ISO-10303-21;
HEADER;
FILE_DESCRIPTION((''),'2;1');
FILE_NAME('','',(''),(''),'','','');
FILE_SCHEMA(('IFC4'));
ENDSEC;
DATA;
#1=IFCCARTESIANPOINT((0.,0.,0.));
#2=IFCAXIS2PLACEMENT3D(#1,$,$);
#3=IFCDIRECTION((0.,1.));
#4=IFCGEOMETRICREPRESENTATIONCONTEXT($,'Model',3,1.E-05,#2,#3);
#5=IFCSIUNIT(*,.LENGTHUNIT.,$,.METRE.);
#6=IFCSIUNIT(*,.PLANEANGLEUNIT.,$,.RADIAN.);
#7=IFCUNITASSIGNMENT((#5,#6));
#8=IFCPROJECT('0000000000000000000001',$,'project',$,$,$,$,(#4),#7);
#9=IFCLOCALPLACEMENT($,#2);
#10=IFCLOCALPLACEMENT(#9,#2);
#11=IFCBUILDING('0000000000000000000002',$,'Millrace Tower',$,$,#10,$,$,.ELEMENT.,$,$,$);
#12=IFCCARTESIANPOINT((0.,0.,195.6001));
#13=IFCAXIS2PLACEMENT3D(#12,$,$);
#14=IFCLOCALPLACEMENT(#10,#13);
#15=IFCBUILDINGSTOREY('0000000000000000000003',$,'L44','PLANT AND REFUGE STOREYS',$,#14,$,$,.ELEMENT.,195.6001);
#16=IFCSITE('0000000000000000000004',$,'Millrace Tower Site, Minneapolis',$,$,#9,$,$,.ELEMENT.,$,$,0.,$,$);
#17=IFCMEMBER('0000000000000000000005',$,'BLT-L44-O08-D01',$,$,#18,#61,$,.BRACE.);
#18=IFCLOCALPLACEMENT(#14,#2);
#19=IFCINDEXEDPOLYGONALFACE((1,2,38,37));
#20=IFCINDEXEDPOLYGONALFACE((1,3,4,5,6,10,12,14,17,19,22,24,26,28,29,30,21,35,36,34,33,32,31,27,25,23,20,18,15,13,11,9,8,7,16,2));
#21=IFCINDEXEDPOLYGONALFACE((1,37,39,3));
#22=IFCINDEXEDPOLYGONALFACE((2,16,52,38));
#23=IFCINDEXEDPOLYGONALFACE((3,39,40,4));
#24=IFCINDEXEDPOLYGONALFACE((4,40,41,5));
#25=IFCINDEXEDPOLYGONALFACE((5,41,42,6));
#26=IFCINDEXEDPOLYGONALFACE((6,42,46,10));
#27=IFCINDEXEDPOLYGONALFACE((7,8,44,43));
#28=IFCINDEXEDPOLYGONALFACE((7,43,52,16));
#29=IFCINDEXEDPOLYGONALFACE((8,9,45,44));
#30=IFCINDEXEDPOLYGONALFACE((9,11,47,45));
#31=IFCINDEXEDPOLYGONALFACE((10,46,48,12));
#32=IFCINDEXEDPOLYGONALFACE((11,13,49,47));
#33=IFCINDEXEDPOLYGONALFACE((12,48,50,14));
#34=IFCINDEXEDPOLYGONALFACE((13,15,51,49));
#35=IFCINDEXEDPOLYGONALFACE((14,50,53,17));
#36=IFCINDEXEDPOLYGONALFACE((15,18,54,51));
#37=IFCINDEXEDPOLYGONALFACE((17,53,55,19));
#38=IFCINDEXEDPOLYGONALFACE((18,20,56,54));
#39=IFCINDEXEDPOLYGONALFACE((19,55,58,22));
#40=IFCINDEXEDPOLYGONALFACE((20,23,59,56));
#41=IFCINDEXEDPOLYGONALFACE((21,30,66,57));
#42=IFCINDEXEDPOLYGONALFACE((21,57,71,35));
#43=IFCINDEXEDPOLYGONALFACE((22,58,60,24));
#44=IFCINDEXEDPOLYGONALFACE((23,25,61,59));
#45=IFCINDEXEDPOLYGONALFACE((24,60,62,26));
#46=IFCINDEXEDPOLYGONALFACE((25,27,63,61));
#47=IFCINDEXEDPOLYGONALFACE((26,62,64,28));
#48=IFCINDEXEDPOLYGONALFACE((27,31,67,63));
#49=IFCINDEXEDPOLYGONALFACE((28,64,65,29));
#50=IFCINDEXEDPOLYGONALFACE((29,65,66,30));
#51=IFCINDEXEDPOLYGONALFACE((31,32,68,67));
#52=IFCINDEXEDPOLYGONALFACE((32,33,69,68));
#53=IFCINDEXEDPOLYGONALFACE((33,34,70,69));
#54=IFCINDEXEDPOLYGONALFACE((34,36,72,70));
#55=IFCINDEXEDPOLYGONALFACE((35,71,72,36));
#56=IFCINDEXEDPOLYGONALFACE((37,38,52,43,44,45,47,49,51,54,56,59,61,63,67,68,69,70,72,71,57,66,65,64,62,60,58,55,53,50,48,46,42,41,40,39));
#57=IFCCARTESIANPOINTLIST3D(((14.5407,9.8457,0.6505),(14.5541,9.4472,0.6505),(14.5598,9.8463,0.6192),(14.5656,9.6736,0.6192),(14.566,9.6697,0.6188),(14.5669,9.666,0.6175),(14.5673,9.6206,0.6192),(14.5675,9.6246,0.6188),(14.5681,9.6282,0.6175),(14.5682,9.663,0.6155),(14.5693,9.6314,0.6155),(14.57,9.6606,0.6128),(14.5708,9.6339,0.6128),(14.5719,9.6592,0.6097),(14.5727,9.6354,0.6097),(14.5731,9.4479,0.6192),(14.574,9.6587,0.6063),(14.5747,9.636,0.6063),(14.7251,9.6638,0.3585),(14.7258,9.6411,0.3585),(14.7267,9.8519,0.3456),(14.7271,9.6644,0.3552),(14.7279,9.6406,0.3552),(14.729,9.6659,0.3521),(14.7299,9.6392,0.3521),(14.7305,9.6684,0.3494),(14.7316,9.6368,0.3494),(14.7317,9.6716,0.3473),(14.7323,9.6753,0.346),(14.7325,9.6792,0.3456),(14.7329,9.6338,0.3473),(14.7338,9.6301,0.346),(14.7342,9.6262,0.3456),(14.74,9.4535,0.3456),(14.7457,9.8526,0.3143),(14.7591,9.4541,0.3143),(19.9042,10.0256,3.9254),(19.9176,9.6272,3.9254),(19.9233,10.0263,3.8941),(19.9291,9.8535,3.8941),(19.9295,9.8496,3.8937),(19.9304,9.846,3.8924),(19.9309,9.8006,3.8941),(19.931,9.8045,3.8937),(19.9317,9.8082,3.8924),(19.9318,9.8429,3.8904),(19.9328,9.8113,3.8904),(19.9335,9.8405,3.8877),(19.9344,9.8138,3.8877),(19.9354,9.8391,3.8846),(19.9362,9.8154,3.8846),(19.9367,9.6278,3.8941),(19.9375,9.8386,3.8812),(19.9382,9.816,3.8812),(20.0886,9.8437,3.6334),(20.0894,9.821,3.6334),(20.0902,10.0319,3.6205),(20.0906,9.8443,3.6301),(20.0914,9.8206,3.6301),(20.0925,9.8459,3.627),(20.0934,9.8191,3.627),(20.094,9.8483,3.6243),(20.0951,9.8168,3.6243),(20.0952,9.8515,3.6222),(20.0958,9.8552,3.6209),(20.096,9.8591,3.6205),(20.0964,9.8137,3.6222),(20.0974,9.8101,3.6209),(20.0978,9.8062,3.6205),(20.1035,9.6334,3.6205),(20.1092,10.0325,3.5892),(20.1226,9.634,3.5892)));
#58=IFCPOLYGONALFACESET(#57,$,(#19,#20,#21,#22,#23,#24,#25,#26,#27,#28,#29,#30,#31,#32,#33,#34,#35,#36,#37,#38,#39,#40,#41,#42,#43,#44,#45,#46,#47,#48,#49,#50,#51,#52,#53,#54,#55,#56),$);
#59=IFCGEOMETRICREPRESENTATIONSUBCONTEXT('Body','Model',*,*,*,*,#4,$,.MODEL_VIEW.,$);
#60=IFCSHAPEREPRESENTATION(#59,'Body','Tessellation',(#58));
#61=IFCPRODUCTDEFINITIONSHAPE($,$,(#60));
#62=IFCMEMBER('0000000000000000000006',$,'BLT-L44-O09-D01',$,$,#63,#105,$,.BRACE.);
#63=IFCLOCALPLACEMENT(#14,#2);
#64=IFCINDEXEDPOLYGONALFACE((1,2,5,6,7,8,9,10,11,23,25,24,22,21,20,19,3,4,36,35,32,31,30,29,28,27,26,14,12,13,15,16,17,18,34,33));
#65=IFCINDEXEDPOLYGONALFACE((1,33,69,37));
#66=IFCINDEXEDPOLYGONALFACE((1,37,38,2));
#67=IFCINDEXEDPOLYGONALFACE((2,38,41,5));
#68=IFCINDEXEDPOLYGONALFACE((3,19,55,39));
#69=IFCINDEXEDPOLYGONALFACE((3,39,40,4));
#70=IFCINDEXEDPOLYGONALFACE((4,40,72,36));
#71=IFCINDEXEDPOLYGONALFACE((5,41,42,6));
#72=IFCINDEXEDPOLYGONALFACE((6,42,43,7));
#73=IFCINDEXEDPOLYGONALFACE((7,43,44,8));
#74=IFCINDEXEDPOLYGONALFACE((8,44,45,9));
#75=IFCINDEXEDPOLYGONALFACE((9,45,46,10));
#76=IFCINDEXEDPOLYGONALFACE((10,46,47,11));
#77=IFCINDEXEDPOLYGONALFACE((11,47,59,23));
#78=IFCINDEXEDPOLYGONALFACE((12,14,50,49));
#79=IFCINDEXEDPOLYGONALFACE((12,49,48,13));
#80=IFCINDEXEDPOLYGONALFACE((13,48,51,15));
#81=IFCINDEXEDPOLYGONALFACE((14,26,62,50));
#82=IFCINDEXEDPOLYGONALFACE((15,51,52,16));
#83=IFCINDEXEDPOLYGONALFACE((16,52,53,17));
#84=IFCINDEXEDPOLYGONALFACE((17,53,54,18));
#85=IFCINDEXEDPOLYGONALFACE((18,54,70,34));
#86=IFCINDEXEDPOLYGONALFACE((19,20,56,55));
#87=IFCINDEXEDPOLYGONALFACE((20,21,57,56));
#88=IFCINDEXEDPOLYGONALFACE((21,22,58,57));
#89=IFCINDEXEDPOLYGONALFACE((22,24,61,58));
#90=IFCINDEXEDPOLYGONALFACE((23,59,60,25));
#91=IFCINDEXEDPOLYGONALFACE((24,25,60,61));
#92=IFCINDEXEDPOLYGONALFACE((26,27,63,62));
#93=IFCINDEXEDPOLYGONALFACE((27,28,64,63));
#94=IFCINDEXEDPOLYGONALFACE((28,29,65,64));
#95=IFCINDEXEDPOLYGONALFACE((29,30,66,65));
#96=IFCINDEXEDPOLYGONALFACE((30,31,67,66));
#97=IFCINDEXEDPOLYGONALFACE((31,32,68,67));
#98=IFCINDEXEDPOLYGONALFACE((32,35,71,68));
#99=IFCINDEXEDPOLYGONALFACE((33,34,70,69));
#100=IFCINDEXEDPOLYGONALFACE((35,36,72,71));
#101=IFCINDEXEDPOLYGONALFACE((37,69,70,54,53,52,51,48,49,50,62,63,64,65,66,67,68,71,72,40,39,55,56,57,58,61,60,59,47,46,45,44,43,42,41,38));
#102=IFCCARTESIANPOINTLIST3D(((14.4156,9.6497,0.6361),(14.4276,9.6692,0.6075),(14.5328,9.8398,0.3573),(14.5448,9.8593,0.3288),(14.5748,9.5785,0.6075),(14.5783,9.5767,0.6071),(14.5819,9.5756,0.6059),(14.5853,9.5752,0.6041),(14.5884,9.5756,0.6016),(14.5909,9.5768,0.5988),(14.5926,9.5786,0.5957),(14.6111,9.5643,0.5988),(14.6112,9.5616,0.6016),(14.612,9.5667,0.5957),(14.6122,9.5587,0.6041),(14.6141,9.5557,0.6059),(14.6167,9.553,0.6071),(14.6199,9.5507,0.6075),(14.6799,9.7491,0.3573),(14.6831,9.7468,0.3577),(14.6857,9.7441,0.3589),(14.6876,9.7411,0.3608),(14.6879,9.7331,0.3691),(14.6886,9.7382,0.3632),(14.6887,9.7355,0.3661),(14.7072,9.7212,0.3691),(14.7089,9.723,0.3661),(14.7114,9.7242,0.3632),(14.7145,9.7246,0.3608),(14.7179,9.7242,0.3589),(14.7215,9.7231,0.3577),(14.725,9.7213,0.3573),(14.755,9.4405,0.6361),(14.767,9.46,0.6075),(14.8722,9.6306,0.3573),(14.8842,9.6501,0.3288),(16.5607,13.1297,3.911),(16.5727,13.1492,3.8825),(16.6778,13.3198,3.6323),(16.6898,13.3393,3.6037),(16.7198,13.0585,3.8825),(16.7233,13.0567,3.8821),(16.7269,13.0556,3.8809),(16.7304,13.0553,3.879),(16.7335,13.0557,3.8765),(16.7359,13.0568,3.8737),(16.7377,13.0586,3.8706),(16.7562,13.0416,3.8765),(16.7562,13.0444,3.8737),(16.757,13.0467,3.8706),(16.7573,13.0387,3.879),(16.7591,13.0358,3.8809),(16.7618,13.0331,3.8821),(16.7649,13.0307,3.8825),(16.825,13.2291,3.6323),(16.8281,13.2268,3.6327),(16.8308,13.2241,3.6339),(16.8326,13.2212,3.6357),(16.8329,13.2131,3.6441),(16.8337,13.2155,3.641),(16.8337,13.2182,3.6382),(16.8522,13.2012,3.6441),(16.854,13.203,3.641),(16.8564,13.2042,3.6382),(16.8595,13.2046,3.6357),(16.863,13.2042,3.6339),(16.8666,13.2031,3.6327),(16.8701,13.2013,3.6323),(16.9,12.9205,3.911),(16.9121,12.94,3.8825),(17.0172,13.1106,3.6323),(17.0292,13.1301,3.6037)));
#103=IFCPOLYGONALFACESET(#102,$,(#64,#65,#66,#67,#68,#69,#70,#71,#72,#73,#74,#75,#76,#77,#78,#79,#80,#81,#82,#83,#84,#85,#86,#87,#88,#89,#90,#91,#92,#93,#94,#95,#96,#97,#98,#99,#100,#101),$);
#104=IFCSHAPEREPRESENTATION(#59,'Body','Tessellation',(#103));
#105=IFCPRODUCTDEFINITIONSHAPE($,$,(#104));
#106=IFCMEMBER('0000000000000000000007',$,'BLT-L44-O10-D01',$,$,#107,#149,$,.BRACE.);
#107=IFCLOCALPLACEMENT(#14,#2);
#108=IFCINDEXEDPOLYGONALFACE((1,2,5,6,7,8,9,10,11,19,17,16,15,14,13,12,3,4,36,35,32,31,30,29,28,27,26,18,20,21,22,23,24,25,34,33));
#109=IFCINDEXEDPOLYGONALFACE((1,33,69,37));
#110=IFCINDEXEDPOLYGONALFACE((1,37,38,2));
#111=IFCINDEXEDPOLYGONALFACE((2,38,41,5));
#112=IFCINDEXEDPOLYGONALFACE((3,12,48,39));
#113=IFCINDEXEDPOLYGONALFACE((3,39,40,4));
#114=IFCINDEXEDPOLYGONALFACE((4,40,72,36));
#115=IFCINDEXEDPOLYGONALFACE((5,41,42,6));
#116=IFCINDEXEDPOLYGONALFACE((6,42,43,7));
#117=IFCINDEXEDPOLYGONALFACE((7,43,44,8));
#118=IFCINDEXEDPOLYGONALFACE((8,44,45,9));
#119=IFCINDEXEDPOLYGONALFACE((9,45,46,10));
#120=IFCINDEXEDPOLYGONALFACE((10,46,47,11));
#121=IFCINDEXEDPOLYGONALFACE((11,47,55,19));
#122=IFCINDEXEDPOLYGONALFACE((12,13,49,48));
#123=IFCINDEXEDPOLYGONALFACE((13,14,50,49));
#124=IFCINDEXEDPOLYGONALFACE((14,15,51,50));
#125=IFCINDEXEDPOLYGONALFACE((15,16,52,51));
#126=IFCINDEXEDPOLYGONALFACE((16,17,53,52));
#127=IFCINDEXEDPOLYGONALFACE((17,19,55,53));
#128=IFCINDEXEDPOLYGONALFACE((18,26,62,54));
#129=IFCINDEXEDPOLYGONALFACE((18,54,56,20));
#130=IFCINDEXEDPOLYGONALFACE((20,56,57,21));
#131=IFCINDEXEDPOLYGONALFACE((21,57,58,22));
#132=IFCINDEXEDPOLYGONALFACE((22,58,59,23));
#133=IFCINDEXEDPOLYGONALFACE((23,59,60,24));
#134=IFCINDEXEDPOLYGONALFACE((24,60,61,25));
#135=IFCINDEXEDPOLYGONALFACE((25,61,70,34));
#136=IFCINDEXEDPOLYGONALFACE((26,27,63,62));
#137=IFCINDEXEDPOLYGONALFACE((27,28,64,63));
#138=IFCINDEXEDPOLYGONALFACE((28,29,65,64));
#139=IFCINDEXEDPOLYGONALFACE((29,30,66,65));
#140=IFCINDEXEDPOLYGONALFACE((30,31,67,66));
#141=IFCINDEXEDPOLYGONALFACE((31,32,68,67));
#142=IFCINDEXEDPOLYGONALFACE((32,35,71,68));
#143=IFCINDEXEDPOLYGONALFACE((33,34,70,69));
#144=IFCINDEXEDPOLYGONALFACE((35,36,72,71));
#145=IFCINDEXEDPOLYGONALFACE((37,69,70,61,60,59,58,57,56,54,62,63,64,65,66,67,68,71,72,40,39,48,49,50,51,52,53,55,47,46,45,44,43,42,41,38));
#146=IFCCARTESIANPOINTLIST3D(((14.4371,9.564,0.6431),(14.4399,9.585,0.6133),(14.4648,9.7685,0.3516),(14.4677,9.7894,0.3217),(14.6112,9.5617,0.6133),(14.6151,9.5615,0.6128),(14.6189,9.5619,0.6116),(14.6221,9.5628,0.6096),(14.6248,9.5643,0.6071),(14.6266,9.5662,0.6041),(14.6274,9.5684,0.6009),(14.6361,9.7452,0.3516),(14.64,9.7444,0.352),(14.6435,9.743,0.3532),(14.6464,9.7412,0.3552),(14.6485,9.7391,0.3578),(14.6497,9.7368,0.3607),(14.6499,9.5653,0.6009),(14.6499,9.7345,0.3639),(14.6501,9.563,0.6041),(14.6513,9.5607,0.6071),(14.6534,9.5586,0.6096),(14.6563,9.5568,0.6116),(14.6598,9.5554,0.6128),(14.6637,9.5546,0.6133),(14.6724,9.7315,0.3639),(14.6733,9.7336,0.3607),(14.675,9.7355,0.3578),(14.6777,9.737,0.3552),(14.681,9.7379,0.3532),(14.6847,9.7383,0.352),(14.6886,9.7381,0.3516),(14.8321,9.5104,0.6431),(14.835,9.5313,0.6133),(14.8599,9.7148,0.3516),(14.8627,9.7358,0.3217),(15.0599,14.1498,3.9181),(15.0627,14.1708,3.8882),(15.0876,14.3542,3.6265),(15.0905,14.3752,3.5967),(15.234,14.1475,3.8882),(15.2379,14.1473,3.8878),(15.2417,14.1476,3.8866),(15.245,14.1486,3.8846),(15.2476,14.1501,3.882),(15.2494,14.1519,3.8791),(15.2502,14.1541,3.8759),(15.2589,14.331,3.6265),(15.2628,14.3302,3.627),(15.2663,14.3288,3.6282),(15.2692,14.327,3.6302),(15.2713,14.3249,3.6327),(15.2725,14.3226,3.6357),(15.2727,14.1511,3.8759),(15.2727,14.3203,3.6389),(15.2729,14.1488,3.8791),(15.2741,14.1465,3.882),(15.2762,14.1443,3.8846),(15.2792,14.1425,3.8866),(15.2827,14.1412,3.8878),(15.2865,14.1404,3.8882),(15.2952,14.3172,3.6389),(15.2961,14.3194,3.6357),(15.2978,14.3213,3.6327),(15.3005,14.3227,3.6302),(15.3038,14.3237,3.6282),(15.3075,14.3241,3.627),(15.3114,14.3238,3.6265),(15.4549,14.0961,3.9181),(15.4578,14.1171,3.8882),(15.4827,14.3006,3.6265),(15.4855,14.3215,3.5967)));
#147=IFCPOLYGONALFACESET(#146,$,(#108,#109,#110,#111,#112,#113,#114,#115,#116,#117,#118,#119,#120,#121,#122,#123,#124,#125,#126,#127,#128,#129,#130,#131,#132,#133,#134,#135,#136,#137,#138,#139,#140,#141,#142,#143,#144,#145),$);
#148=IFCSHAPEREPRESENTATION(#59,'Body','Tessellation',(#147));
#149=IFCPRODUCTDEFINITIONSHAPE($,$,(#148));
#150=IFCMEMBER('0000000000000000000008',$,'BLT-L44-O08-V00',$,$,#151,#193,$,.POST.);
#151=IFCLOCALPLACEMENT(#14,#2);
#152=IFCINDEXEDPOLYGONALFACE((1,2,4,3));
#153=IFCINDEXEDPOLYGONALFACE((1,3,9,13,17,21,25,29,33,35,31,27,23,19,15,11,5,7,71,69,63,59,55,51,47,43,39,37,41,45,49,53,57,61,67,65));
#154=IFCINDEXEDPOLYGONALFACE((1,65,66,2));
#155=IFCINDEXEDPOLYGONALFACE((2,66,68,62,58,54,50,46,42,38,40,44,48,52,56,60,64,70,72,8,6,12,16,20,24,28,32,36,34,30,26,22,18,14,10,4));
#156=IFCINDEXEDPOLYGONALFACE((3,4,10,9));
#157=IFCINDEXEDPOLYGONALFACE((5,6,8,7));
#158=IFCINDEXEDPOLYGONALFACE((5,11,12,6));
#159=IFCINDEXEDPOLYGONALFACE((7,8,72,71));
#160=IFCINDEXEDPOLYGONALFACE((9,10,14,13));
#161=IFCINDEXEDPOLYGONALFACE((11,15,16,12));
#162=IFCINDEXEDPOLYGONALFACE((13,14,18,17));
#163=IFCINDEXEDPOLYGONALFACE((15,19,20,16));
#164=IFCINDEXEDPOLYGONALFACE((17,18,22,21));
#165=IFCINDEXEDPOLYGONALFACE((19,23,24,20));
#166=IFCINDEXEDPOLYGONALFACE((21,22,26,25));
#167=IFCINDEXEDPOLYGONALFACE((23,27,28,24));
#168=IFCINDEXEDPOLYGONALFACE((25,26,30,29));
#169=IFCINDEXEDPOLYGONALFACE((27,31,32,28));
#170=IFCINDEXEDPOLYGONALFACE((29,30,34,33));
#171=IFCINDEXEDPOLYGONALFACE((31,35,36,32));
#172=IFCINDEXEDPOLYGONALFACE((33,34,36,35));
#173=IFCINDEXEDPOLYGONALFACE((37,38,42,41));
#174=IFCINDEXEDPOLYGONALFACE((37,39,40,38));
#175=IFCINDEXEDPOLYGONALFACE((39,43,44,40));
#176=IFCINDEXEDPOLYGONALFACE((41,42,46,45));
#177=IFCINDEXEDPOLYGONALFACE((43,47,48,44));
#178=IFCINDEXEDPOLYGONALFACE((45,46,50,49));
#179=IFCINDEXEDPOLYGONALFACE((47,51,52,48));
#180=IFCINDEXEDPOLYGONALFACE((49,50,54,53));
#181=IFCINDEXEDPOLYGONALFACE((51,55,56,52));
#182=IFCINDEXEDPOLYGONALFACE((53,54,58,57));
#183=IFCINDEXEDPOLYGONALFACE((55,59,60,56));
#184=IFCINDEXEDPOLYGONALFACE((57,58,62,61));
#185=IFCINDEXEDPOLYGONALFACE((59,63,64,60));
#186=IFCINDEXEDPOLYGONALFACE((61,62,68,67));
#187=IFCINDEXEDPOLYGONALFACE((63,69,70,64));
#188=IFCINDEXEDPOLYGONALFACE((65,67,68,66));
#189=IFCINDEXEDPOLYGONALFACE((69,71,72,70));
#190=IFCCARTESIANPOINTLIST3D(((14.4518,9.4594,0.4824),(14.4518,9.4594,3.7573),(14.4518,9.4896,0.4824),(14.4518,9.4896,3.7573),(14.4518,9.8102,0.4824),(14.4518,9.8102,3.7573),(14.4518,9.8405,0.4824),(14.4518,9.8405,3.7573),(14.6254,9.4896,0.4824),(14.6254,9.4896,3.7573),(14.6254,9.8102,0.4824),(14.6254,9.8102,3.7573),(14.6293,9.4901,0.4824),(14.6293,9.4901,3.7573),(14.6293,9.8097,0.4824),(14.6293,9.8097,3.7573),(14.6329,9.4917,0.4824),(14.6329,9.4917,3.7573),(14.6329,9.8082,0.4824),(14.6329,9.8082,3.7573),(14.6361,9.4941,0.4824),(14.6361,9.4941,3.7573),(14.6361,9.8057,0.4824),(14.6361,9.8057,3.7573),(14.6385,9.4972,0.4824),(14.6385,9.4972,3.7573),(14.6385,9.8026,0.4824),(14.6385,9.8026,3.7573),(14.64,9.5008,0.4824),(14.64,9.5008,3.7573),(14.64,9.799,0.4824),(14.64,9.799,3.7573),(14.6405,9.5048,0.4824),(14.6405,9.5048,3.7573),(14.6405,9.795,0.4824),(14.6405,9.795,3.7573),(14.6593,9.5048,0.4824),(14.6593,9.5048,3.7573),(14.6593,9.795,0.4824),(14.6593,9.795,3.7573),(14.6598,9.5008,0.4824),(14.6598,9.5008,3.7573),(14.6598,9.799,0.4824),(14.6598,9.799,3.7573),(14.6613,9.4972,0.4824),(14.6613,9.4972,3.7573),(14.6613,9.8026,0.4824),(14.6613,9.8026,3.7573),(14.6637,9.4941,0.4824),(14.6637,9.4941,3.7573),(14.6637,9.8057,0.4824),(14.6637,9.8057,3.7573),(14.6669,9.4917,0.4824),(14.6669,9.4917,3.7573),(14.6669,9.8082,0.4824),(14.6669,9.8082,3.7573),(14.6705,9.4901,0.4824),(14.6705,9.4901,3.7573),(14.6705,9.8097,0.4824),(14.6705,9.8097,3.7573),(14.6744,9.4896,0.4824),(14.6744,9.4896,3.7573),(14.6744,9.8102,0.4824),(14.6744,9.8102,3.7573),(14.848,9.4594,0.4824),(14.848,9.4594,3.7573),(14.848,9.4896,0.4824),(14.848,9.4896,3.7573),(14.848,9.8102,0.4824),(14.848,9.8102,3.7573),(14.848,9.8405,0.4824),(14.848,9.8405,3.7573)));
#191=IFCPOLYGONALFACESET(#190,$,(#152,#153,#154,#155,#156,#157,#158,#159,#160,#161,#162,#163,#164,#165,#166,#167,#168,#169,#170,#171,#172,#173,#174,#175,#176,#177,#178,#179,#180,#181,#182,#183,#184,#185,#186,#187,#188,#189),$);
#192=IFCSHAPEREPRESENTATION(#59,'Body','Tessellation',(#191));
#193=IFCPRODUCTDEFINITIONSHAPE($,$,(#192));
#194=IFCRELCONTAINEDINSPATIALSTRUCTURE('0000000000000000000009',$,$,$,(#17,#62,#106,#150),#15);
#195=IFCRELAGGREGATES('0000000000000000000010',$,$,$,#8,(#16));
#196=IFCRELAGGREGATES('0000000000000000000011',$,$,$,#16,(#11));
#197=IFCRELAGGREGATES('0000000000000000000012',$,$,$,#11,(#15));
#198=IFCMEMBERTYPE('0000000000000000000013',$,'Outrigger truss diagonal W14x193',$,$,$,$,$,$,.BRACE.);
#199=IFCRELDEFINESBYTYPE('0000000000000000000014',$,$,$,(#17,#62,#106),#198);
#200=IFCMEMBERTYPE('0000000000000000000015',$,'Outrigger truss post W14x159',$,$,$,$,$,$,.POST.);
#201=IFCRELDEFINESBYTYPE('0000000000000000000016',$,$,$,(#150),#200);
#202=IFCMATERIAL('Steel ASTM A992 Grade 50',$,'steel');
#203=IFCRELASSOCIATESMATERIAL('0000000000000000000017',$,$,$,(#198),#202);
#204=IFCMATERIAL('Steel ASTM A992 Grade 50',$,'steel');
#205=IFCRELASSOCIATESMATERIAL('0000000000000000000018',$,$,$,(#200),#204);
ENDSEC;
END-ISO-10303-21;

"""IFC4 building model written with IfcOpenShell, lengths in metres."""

from ifc_helpers import new_model, si_unit, direction, frame, origin, origin_2d, place, context, subcontext, project, spatial, i_section, extrude, material, material_profile, profile_set, type_object, element, save


model = new_model("IFC4")

# Units and contexts
model_context = context("Model", 3, precision=1e-05, world=origin(), true_north=direction((0.0, 1.0)))
body_context = subcontext(model_context, "Body", "Model", "MODEL_VIEW")
ifc_project = project(units=[si_unit("LENGTHUNIT", "METRE"), si_unit("PLANEANGLEUNIT", "RADIAN")], contexts=[model_context])

# Site, building, storey
site_placement = place(None, origin())
site = spatial("IfcSite", under=ifc_project, at=site_placement, Name="Millrace Tower Site, Minneapolis", CompositionType="ELEMENT", RefElevation=0.0)
building_placement = place(site_placement, origin())
building = spatial("IfcBuilding", under=site, at=building_placement, Name="Millrace Tower", CompositionType="ELEMENT")
storey_placement = place(building_placement, frame((0.0, 0.0, 195.6001)))
storey = spatial("IfcBuildingStorey", under=building, at=storey_placement, Name="L44", Description="PLANT AND REFUGE STOREYS", CompositionType="ELEMENT", Elevation=195.6001)

# Members
ifc_material_1 = material(Name="Steel ASTM A992 Grade 50", Category="steel")
ifc_material_profile_1 = material_profile(ifc_material_1, i_section(OverallWidth=0.3987, OverallDepth=0.3938, WebThickness=0.0227, FlangeThickness=0.0366, FilletRadius=0.0151, at=origin_2d()))
ifc_profile_set_1 = profile_set([ifc_material_profile_1], Name="Steel ASTM A992 Grade 50")
member_type_1 = type_object("IfcMemberType", Name="Outrigger truss diagonal W14x193", PredefinedType="BRACE", material=ifc_profile_set_1)
member_1_placement = place(storey_placement, frame((14.6499, 9.6499, 0.4824), z_axis=(0.853131, 0.02862, 0.520911), x_axis=(-0.033528, 0.999438, 0.0)))
element("IfcMember", 1, at=member_1_placement, inside=storey, type_object=member_type_1, Name="BLT-L44-O08-D01", PredefinedType="BRACE", context=body_context, shape_type="SweptSolid", body=[
    extrude(i_section(OverallWidth=0.3987, OverallDepth=0.3938, WebThickness=0.0227, FlangeThickness=0.0366, FilletRadius=0.0151, at=origin_2d()), origin(), (0.0, 0.0, 1.0), 6.2869),
])
member_2_placement = place(storey_placement, frame((14.6499, 9.6499, 0.4824), z_axis=(0.409513, 0.664375, 0.625223), x_axis=(-0.851277, 0.524717, 0.0)))
element("IfcMember", 2, at=member_2_placement, inside=storey, type_object=member_type_1, Name="BLT-L44-O09-D01", PredefinedType="BRACE", context=body_context, shape_type="SweptSolid", body=[
    extrude(i_section(OverallWidth=0.3987, OverallDepth=0.3938, WebThickness=0.0227, FlangeThickness=0.0366, FilletRadius=0.0151, at=origin_2d()), origin(), (0.0, 0.0, 1.0), 5.238),
])
member_3_placement = place(storey_placement, frame((14.6499, 9.6499, 0.4824), z_axis=(0.109854, 0.808858, 0.577651), x_axis=(-0.990903, 0.134579, 0.0)))
element("IfcMember", 3, at=member_3_placement, inside=storey, type_object=member_type_1, Name="BLT-L44-O10-D01", PredefinedType="BRACE", context=body_context, shape_type="SweptSolid", body=[
    extrude(i_section(OverallWidth=0.3987, OverallDepth=0.3938, WebThickness=0.0227, FlangeThickness=0.0366, FilletRadius=0.0151, at=origin_2d()), origin(), (0.0, 0.0, 1.0), 5.6694),
])
ifc_material_2 = material(Name="Steel ASTM A992 Grade 50", Category="steel")
ifc_material_profile_2 = material_profile(ifc_material_2, i_section(OverallWidth=0.3962, OverallDepth=0.3811, WebThickness=0.0188, FlangeThickness=0.0303, FilletRadius=0.0151, at=origin_2d()))
ifc_profile_set_2 = profile_set([ifc_material_profile_2], Name="Steel ASTM A992 Grade 50")
member_type_2 = type_object("IfcMemberType", Name="Outrigger truss post W14x159", PredefinedType="POST", material=ifc_profile_set_2)
member_4_placement = place(storey_placement, frame((14.6499, 9.6499, 0.4824), z_axis=(0.0, 0.0, 1.0), x_axis=(1.0, 0.0, 0.0)))
element("IfcMember", 4, at=member_4_placement, inside=storey, type_object=member_type_2, Name="BLT-L44-O08-V00", PredefinedType="POST", context=body_context, shape_type="SweptSolid", body=[
    extrude(i_section(OverallWidth=0.3962, OverallDepth=0.3811, WebThickness=0.0188, FlangeThickness=0.0303, FilletRadius=0.0151, at=origin_2d()), origin(), (0.0, 0.0, 1.0), 3.2749),
])

save(model, "model.ifc")
